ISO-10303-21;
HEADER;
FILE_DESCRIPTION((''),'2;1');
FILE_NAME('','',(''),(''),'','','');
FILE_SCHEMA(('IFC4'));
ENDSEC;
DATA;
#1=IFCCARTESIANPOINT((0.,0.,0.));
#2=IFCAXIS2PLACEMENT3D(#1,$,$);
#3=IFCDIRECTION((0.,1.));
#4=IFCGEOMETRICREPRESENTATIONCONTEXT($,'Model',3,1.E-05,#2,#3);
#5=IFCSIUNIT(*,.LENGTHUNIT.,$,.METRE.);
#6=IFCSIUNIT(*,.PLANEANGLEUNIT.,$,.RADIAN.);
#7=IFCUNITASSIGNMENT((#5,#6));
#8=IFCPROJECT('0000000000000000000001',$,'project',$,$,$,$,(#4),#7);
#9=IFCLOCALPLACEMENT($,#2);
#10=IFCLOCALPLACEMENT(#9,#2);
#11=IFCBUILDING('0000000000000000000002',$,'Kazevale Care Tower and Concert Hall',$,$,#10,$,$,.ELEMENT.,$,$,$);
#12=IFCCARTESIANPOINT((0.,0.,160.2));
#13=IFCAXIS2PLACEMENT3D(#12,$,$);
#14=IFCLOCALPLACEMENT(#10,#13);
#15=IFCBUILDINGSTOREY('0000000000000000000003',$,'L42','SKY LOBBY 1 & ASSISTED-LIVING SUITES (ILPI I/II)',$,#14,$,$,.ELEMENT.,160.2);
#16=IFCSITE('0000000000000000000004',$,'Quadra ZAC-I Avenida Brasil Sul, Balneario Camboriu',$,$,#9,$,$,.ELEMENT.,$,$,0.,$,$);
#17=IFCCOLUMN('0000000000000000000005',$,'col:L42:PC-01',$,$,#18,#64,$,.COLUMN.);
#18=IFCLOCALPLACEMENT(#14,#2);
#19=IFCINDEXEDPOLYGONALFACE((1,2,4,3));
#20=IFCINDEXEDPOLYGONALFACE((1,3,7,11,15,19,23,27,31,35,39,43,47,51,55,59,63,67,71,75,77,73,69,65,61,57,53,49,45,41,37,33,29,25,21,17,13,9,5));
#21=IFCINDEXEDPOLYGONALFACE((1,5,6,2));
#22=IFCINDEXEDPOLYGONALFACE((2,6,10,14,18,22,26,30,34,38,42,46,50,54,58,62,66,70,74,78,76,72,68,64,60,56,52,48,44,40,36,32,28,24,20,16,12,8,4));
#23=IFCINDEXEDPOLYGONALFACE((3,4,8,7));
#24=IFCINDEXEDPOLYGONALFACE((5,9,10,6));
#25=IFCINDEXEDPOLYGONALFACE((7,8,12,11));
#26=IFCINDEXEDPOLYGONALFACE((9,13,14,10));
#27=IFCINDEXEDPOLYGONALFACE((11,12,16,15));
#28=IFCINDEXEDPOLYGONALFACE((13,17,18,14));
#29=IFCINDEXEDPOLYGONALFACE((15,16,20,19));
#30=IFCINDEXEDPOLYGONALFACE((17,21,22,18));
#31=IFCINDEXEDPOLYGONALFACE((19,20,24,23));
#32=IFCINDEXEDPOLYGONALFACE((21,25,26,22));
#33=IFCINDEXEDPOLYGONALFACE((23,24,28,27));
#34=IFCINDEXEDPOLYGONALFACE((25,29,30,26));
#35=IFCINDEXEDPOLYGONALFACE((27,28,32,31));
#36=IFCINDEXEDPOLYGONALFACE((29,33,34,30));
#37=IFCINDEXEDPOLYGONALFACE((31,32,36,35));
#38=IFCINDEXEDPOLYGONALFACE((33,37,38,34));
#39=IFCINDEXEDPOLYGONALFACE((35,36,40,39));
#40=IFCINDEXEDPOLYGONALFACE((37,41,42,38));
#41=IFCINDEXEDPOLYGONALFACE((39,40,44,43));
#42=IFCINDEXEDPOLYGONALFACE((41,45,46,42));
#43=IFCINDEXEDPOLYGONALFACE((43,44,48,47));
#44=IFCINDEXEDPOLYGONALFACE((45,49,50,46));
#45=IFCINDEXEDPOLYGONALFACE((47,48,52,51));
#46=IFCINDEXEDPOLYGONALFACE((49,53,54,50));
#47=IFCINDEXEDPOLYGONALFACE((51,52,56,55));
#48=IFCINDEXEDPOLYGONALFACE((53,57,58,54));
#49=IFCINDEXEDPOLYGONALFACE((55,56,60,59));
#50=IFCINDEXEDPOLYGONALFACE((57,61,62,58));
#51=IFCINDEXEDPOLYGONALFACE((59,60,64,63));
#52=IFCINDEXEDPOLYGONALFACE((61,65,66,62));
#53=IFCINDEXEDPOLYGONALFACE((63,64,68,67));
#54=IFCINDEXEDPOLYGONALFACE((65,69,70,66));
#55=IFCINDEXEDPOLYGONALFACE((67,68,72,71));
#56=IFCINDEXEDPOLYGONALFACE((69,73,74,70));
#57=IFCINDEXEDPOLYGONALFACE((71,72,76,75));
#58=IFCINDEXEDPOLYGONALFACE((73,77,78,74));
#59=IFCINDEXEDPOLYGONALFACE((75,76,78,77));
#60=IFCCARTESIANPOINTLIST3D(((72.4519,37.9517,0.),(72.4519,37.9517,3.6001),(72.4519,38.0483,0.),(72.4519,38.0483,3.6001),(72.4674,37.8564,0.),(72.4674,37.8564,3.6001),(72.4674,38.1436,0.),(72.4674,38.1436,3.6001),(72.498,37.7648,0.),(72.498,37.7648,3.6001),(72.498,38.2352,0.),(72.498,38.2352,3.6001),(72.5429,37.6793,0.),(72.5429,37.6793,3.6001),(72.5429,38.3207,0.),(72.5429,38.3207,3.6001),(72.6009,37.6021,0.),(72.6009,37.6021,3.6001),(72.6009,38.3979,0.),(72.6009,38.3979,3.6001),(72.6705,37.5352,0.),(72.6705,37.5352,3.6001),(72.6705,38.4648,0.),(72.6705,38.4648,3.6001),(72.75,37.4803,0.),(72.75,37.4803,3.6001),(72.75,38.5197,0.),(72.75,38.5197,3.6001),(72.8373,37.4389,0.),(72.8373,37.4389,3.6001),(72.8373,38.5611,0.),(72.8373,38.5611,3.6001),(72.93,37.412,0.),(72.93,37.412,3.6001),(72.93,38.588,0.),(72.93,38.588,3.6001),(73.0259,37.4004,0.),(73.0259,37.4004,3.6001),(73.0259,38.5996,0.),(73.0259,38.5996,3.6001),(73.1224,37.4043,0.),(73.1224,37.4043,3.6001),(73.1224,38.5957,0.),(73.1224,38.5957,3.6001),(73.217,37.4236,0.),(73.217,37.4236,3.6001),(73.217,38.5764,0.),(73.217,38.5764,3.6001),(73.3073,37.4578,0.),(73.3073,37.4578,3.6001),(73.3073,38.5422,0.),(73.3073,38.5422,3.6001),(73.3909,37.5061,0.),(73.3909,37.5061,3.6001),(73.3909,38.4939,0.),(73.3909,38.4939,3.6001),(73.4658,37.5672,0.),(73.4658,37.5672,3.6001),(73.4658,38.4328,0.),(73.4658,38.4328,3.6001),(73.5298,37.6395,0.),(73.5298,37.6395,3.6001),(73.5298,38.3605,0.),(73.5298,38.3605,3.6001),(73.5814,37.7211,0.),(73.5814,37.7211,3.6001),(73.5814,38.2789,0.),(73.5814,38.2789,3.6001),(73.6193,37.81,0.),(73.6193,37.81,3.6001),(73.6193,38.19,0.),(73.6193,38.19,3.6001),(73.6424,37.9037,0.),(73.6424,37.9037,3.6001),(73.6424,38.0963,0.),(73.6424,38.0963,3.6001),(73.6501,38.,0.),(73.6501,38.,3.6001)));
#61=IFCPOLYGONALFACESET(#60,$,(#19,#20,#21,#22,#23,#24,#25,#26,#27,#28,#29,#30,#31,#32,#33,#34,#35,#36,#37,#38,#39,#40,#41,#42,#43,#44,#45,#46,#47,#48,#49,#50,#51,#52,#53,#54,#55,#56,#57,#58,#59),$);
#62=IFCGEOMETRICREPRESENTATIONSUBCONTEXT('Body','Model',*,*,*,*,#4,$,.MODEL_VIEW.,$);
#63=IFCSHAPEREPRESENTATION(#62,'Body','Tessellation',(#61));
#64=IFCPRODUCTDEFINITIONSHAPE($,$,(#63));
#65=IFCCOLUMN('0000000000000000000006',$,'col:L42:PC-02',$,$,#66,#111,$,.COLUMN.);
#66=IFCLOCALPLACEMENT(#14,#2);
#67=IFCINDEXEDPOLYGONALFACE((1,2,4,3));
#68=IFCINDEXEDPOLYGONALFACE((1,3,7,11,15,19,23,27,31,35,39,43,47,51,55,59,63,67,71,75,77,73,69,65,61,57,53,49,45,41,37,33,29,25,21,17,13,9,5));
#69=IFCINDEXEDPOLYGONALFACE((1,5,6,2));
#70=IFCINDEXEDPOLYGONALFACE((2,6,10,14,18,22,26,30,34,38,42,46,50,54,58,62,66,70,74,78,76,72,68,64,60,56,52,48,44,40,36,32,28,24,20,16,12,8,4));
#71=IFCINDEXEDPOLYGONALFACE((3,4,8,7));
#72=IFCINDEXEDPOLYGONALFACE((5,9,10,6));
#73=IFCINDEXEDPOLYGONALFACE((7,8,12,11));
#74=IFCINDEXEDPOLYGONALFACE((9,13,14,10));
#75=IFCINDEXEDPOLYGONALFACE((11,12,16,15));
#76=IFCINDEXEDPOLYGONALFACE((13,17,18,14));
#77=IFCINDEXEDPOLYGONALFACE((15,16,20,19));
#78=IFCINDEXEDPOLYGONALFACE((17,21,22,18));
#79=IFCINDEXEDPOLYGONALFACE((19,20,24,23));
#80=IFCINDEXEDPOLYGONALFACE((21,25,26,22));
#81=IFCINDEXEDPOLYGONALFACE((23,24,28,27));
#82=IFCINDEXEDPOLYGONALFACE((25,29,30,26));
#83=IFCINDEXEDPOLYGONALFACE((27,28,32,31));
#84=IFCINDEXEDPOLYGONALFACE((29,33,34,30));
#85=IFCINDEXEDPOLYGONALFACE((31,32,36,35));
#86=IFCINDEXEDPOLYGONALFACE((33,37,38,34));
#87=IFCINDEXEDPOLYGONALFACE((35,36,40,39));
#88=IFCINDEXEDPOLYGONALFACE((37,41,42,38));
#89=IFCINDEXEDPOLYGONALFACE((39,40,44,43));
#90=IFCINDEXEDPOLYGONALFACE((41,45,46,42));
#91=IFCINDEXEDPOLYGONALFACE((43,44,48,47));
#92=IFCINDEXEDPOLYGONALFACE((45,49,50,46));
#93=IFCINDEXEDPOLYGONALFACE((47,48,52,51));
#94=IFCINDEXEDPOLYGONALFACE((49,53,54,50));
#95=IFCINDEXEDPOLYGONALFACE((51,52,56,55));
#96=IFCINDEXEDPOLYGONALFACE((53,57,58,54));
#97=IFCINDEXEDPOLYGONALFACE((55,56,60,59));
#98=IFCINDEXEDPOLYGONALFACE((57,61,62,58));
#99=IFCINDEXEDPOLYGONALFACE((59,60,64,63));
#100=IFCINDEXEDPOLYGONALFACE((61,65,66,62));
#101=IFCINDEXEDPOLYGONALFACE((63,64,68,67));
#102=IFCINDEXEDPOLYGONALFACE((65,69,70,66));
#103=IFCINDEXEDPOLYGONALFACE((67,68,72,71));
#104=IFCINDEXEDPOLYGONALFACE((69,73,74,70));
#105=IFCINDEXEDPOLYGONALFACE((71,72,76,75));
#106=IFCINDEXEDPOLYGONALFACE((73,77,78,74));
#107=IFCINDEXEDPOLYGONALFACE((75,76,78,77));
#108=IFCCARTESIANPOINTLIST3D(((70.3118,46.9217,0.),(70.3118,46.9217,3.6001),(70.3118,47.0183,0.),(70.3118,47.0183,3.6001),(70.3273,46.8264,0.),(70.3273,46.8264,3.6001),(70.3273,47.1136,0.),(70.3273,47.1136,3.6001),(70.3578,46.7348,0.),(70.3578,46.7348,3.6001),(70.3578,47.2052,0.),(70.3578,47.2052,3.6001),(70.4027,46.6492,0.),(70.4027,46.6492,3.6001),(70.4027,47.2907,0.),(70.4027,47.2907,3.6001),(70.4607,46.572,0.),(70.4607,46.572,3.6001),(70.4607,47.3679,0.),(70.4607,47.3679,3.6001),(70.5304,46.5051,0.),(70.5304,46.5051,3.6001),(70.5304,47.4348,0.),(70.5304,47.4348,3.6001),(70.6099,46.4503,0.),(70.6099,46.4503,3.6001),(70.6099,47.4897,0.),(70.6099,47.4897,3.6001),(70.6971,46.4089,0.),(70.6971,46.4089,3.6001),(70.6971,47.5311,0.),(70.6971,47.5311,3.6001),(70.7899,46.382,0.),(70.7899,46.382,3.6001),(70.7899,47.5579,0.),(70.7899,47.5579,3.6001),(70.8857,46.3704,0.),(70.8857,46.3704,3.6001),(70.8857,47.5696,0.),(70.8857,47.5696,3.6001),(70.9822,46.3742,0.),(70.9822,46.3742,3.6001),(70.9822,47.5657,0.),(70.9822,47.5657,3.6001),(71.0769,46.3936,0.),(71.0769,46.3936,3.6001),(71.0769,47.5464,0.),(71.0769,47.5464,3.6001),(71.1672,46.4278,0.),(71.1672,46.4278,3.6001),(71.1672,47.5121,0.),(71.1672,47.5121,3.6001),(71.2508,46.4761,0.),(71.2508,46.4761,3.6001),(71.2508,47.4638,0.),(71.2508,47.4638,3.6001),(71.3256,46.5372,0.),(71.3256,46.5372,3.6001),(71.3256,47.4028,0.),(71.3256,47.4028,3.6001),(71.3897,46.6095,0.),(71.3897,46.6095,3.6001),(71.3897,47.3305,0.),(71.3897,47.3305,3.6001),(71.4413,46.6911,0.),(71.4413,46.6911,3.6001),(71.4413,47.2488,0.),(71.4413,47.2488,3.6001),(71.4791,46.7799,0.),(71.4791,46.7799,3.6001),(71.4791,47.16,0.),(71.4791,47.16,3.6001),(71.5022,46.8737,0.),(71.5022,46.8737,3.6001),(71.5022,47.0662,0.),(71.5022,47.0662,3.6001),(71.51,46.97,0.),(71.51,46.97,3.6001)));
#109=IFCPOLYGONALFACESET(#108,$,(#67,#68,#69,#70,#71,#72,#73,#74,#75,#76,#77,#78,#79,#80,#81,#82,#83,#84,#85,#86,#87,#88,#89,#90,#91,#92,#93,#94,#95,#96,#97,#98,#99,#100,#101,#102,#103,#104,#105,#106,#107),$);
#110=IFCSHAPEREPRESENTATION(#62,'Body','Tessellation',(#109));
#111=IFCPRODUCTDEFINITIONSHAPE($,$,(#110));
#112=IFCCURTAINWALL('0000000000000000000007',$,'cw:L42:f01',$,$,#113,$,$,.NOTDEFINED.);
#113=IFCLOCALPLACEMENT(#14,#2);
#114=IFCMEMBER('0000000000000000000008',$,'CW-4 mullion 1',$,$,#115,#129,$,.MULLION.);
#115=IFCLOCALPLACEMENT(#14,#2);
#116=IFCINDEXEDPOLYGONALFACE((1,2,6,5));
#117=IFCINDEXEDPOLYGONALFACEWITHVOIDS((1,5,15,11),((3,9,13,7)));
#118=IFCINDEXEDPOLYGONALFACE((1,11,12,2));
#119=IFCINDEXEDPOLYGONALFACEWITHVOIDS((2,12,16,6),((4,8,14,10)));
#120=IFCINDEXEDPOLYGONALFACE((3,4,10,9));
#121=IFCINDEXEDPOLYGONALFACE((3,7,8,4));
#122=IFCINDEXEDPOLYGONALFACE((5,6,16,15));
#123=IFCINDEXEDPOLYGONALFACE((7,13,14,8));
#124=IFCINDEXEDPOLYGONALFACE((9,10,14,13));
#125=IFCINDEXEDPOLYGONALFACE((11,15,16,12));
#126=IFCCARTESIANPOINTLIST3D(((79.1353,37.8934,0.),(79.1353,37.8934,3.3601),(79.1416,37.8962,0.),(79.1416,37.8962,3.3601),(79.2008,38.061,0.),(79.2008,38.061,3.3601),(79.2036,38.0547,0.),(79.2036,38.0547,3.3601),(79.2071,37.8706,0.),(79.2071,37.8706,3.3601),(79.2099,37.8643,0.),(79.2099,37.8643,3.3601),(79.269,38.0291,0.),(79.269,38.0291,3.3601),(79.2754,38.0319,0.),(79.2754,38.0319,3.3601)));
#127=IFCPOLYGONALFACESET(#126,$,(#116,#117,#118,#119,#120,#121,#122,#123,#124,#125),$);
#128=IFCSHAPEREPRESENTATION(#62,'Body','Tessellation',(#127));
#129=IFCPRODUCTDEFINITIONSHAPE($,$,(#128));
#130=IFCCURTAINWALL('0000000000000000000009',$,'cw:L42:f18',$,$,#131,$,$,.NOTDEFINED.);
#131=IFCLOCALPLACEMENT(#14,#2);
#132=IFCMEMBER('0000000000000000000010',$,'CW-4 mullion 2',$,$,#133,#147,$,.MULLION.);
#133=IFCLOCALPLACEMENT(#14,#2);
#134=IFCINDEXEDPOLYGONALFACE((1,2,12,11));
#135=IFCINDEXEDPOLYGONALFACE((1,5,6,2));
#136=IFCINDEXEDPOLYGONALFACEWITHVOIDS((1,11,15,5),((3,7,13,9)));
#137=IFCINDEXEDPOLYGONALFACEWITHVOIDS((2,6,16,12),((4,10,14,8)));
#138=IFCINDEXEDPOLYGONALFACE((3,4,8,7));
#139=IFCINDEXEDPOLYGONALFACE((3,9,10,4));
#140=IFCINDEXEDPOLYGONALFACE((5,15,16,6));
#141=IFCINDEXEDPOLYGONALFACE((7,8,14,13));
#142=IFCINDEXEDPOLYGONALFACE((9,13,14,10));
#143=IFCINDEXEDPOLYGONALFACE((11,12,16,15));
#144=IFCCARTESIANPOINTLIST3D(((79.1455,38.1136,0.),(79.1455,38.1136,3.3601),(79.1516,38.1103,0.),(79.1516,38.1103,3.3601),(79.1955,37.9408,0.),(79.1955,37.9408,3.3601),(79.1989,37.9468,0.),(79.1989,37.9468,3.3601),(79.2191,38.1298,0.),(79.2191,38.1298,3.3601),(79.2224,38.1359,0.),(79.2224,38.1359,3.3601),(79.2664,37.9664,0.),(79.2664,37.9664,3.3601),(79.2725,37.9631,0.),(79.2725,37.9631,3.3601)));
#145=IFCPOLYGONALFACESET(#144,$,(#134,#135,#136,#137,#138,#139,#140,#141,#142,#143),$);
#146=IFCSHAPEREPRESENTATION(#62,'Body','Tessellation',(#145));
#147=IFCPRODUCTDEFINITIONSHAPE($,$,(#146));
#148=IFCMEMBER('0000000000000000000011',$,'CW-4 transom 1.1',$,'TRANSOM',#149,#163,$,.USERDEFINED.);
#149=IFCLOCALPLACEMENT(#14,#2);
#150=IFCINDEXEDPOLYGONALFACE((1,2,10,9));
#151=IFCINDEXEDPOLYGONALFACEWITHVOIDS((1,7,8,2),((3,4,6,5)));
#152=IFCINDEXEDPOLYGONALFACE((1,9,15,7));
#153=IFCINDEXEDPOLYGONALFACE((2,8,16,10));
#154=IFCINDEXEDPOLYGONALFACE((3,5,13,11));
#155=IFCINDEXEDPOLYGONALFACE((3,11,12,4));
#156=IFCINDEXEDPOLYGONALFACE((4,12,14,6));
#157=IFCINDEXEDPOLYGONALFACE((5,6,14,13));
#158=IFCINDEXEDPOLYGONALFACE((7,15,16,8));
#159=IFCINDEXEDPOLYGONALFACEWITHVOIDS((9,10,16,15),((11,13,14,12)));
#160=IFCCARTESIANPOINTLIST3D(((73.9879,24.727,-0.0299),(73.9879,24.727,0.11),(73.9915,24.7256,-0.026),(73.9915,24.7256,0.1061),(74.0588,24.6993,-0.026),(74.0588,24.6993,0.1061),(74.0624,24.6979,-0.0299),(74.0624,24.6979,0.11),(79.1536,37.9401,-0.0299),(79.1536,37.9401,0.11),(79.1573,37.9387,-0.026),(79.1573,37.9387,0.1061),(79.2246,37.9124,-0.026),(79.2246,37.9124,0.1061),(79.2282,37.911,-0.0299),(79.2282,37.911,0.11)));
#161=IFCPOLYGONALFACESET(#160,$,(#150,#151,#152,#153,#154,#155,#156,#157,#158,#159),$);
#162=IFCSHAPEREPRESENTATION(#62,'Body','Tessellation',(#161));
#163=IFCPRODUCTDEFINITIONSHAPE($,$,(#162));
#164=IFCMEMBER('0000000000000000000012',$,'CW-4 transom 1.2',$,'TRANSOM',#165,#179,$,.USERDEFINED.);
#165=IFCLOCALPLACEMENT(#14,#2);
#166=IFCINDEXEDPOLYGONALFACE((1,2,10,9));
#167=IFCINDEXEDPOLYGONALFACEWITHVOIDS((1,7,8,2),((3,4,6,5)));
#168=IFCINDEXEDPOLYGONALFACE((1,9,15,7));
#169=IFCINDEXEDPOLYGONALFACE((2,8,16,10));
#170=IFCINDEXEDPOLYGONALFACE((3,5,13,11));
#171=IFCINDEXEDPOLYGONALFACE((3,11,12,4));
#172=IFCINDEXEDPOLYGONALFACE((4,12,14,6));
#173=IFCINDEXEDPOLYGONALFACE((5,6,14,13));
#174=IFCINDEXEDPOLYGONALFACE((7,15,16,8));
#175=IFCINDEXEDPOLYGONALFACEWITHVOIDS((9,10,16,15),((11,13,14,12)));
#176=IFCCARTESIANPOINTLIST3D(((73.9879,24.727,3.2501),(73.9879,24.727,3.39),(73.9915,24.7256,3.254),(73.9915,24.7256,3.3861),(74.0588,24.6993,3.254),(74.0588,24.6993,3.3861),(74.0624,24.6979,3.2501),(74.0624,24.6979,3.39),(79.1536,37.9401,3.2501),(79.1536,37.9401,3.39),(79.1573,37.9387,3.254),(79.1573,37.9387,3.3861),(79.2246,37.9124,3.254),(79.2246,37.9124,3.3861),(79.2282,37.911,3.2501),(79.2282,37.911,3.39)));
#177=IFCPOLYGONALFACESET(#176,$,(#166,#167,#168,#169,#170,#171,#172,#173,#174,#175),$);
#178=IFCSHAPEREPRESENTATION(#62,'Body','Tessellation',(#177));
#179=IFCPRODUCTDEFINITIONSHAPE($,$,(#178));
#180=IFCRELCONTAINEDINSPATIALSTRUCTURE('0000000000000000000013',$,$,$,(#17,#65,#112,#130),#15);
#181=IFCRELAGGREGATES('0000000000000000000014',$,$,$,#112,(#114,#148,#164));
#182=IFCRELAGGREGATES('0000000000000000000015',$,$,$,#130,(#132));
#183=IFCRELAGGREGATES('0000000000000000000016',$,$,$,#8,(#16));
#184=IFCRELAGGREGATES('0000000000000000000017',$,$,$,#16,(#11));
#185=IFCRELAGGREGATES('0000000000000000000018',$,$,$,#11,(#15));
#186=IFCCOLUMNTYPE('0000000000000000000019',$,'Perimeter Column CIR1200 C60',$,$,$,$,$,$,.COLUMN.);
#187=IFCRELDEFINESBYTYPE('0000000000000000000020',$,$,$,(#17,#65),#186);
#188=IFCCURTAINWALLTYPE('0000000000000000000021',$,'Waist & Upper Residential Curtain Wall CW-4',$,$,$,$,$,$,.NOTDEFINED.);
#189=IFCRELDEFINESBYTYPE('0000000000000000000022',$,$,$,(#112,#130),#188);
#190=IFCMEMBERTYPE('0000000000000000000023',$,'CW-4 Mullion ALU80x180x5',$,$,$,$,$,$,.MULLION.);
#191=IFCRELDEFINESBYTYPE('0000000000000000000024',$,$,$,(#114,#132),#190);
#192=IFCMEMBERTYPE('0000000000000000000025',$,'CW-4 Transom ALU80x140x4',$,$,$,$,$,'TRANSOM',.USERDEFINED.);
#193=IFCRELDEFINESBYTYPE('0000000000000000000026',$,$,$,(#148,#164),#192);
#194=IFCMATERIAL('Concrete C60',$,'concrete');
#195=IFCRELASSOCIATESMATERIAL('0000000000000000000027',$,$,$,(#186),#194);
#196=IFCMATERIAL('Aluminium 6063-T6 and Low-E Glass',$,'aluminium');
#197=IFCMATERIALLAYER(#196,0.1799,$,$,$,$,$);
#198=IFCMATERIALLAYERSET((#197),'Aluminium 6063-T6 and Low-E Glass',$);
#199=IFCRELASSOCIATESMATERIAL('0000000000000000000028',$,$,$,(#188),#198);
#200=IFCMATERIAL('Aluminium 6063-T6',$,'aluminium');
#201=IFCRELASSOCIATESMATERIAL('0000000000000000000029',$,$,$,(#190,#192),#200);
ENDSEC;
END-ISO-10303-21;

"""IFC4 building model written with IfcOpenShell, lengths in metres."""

from ifc_helpers import new_model, si_unit, direction, frame, origin, origin_2d, place, context, subcontext, project, spatial, hollow_rectangle, circle, extrude, material, layer, layer_set, material_profile, profile_set, type_object, element, aggregate, save


model = new_model("IFC4")

# Units and contexts
model_context = context("Model", 3, precision=1e-05, world=origin(), true_north=direction((0.0, 1.0)))
body_context = subcontext(model_context, "Body", "Model", "MODEL_VIEW")
ifc_project = project(units=[si_unit("LENGTHUNIT", "METRE"), si_unit("PLANEANGLEUNIT", "RADIAN")], contexts=[model_context])

# Site, building, storey
site_placement = place(None, origin())
site = spatial("IfcSite", under=ifc_project, at=site_placement, Name="Quadra ZAC-I Avenida Brasil Sul, Balneario Camboriu", CompositionType="ELEMENT", RefElevation=0.0)
building_placement = place(site_placement, origin())
building = spatial("IfcBuilding", under=site, at=building_placement, Name="Kazevale Care Tower and Concert Hall", CompositionType="ELEMENT")
storey_placement = place(building_placement, frame((0.0, 0.0, 160.2)))
storey = spatial("IfcBuildingStorey", under=building, at=storey_placement, Name="L42", Description="SKY LOBBY 1 & ASSISTED-LIVING SUITES (ILPI I/II)", CompositionType="ELEMENT", Elevation=160.2)

# Columns
ifc_material_1 = material(Name="Concrete C60", Category="concrete")
ifc_material_profile_1 = material_profile(ifc_material_1, circle(Radius=0.6001, at=origin_2d()), Name="RC-CIR1200")
ifc_profile_set_1 = profile_set([ifc_material_profile_1], Name="Concrete C60")
column_type = type_object("IfcColumnType", Name="Perimeter Column CIR1200 C60", PredefinedType="COLUMN", material=ifc_profile_set_1)
for number, where, z_axis, x_axis, name in (
    (1, (73.05, 38.0, 0.0), (0.0, 0.0, 1.0), (1.0, 0.0, 0.0), "col:L42:PC-01"),
    (2, (70.9099, 46.97, 0.0), (0.0, 0.0, 1.0), (1.0, 0.0, 0.0), "col:L42:PC-02"),
):
    element("IfcColumn", number, at=place(storey_placement, frame(where, z_axis=z_axis, x_axis=x_axis)), inside=storey, type_object=column_type, Name=name, PredefinedType="COLUMN", context=body_context, shape_type="SweptSolid", body=[
        extrude(circle(Radius=0.6001, at=origin_2d()), origin(), (0.0, 0.0, 1.0), 3.6001),
    ])

# Curtain walls, members
ifc_material_2 = material(Name="Aluminium 6063-T6 and Low-E Glass", Category="aluminium")
ifc_layer_1 = layer(ifc_material_2, 0.1799)
ifc_layer_set_1 = layer_set([ifc_layer_1], Name="Aluminium 6063-T6 and Low-E Glass")
curtain_wall_type = type_object("IfcCurtainWallType", Name="Waist & Upper Residential Curtain Wall CW-4", PredefinedType="NOTDEFINED", material=ifc_layer_set_1)
curtain_wall_1_placement = place(storey_placement, origin())
curtain_wall_1 = element("IfcCurtainWall", 3, at=curtain_wall_1_placement, inside=storey, type_object=curtain_wall_type, Name="cw:L42:f01", PredefinedType="NOTDEFINED")
ifc_material_3 = material(Name="Aluminium 6063-T6", Category="aluminium")
ifc_material_profile_2 = material_profile(ifc_material_3, hollow_rectangle(XDim=0.0801, YDim=0.1799, WallThickness=0.0049, at=origin_2d()), Name="ALU80x180x5")
ifc_profile_set_2 = profile_set([ifc_material_profile_2], Name="Aluminium 6063-T6")
member_type_1 = type_object("IfcMemberType", Name="CW-4 Mullion ALU80x180x5", PredefinedType="MULLION", material=ifc_profile_set_2)
member_1_placement = place(storey_placement, frame((79.2053, 37.9626, 0.0), z_axis=(0.0, 0.0, 1.0), x_axis=(0.931352, -0.364121, 0.0)))
member_1 = element("IfcMember", 4, at=member_1_placement, type_object=member_type_1, Name="CW-4 mullion 1", PredefinedType="MULLION", context=body_context, shape_type="SweptSolid", body=[
    extrude(hollow_rectangle(XDim=0.0801, YDim=0.1799, WallThickness=0.0049, at=origin_2d()), origin(), (0.0, 0.0, 1.0), 3.3601),
])
curtain_wall_2_placement = place(storey_placement, origin())
curtain_wall_2 = element("IfcCurtainWall", 5, at=curtain_wall_2_placement, inside=storey, type_object=curtain_wall_type, Name="cw:L42:f18", PredefinedType="NOTDEFINED")
member_2_placement = place(storey_placement, frame((79.209, 38.0383, 0.0), z_axis=(0.0, 0.0, 1.0), x_axis=(0.960542, 0.278137, 0.0)))
member_2 = element("IfcMember", 6, at=member_2_placement, type_object=member_type_1, Name="CW-4 mullion 2", PredefinedType="MULLION", context=body_context, shape_type="SweptSolid", body=[
    extrude(hollow_rectangle(XDim=0.0801, YDim=0.1799, WallThickness=0.0049, at=origin_2d()), origin(), (0.0, 0.0, 1.0), 3.3601),
])

# Members
ifc_material_profile_3 = material_profile(ifc_material_3, hollow_rectangle(XDim=0.0801, YDim=0.1399, WallThickness=0.0039, at=origin_2d()), Name="ALU80x140x4")
ifc_profile_set_3 = profile_set([ifc_material_profile_3], Name="Aluminium 6063-T6")
member_type_2 = type_object("IfcMemberType", Name="CW-4 Transom ALU80x140x4", ElementType="TRANSOM", PredefinedType="USERDEFINED", material=ifc_profile_set_3)
member_3_placement = place(storey_placement, frame((79.1909, 37.9255, 0.04), z_axis=(-0.364119, -0.931352, 0.0), x_axis=(0.931352, -0.364119, 0.0)))
member_3 = element("IfcMember", 7, at=member_3_placement, type_object=member_type_2, Name="CW-4 transom 1.1", ObjectType="TRANSOM", PredefinedType="USERDEFINED", context=body_context, shape_type="SweptSolid", body=[
    extrude(hollow_rectangle(XDim=0.0801, YDim=0.1399, WallThickness=0.0039, at=origin_2d()), origin(), (0.0, 0.0, 1.0), 14.187),
])
member_4_placement = place(storey_placement, frame((79.1909, 37.9255, 3.3201), z_axis=(-0.364119, -0.931352, 0.0), x_axis=(0.931352, -0.364119, 0.0)))
member_4 = element("IfcMember", 8, at=member_4_placement, type_object=member_type_2, Name="CW-4 transom 1.2", ObjectType="TRANSOM", PredefinedType="USERDEFINED", context=body_context, shape_type="SweptSolid", body=[
    extrude(hollow_rectangle(XDim=0.0801, YDim=0.1399, WallThickness=0.0039, at=origin_2d()), origin(), (0.0, 0.0, 1.0), 14.187),
])
aggregate(curtain_wall_1, [member_1, member_3, member_4])

aggregate(curtain_wall_2, [member_2])

save(model, "model.ifc")
